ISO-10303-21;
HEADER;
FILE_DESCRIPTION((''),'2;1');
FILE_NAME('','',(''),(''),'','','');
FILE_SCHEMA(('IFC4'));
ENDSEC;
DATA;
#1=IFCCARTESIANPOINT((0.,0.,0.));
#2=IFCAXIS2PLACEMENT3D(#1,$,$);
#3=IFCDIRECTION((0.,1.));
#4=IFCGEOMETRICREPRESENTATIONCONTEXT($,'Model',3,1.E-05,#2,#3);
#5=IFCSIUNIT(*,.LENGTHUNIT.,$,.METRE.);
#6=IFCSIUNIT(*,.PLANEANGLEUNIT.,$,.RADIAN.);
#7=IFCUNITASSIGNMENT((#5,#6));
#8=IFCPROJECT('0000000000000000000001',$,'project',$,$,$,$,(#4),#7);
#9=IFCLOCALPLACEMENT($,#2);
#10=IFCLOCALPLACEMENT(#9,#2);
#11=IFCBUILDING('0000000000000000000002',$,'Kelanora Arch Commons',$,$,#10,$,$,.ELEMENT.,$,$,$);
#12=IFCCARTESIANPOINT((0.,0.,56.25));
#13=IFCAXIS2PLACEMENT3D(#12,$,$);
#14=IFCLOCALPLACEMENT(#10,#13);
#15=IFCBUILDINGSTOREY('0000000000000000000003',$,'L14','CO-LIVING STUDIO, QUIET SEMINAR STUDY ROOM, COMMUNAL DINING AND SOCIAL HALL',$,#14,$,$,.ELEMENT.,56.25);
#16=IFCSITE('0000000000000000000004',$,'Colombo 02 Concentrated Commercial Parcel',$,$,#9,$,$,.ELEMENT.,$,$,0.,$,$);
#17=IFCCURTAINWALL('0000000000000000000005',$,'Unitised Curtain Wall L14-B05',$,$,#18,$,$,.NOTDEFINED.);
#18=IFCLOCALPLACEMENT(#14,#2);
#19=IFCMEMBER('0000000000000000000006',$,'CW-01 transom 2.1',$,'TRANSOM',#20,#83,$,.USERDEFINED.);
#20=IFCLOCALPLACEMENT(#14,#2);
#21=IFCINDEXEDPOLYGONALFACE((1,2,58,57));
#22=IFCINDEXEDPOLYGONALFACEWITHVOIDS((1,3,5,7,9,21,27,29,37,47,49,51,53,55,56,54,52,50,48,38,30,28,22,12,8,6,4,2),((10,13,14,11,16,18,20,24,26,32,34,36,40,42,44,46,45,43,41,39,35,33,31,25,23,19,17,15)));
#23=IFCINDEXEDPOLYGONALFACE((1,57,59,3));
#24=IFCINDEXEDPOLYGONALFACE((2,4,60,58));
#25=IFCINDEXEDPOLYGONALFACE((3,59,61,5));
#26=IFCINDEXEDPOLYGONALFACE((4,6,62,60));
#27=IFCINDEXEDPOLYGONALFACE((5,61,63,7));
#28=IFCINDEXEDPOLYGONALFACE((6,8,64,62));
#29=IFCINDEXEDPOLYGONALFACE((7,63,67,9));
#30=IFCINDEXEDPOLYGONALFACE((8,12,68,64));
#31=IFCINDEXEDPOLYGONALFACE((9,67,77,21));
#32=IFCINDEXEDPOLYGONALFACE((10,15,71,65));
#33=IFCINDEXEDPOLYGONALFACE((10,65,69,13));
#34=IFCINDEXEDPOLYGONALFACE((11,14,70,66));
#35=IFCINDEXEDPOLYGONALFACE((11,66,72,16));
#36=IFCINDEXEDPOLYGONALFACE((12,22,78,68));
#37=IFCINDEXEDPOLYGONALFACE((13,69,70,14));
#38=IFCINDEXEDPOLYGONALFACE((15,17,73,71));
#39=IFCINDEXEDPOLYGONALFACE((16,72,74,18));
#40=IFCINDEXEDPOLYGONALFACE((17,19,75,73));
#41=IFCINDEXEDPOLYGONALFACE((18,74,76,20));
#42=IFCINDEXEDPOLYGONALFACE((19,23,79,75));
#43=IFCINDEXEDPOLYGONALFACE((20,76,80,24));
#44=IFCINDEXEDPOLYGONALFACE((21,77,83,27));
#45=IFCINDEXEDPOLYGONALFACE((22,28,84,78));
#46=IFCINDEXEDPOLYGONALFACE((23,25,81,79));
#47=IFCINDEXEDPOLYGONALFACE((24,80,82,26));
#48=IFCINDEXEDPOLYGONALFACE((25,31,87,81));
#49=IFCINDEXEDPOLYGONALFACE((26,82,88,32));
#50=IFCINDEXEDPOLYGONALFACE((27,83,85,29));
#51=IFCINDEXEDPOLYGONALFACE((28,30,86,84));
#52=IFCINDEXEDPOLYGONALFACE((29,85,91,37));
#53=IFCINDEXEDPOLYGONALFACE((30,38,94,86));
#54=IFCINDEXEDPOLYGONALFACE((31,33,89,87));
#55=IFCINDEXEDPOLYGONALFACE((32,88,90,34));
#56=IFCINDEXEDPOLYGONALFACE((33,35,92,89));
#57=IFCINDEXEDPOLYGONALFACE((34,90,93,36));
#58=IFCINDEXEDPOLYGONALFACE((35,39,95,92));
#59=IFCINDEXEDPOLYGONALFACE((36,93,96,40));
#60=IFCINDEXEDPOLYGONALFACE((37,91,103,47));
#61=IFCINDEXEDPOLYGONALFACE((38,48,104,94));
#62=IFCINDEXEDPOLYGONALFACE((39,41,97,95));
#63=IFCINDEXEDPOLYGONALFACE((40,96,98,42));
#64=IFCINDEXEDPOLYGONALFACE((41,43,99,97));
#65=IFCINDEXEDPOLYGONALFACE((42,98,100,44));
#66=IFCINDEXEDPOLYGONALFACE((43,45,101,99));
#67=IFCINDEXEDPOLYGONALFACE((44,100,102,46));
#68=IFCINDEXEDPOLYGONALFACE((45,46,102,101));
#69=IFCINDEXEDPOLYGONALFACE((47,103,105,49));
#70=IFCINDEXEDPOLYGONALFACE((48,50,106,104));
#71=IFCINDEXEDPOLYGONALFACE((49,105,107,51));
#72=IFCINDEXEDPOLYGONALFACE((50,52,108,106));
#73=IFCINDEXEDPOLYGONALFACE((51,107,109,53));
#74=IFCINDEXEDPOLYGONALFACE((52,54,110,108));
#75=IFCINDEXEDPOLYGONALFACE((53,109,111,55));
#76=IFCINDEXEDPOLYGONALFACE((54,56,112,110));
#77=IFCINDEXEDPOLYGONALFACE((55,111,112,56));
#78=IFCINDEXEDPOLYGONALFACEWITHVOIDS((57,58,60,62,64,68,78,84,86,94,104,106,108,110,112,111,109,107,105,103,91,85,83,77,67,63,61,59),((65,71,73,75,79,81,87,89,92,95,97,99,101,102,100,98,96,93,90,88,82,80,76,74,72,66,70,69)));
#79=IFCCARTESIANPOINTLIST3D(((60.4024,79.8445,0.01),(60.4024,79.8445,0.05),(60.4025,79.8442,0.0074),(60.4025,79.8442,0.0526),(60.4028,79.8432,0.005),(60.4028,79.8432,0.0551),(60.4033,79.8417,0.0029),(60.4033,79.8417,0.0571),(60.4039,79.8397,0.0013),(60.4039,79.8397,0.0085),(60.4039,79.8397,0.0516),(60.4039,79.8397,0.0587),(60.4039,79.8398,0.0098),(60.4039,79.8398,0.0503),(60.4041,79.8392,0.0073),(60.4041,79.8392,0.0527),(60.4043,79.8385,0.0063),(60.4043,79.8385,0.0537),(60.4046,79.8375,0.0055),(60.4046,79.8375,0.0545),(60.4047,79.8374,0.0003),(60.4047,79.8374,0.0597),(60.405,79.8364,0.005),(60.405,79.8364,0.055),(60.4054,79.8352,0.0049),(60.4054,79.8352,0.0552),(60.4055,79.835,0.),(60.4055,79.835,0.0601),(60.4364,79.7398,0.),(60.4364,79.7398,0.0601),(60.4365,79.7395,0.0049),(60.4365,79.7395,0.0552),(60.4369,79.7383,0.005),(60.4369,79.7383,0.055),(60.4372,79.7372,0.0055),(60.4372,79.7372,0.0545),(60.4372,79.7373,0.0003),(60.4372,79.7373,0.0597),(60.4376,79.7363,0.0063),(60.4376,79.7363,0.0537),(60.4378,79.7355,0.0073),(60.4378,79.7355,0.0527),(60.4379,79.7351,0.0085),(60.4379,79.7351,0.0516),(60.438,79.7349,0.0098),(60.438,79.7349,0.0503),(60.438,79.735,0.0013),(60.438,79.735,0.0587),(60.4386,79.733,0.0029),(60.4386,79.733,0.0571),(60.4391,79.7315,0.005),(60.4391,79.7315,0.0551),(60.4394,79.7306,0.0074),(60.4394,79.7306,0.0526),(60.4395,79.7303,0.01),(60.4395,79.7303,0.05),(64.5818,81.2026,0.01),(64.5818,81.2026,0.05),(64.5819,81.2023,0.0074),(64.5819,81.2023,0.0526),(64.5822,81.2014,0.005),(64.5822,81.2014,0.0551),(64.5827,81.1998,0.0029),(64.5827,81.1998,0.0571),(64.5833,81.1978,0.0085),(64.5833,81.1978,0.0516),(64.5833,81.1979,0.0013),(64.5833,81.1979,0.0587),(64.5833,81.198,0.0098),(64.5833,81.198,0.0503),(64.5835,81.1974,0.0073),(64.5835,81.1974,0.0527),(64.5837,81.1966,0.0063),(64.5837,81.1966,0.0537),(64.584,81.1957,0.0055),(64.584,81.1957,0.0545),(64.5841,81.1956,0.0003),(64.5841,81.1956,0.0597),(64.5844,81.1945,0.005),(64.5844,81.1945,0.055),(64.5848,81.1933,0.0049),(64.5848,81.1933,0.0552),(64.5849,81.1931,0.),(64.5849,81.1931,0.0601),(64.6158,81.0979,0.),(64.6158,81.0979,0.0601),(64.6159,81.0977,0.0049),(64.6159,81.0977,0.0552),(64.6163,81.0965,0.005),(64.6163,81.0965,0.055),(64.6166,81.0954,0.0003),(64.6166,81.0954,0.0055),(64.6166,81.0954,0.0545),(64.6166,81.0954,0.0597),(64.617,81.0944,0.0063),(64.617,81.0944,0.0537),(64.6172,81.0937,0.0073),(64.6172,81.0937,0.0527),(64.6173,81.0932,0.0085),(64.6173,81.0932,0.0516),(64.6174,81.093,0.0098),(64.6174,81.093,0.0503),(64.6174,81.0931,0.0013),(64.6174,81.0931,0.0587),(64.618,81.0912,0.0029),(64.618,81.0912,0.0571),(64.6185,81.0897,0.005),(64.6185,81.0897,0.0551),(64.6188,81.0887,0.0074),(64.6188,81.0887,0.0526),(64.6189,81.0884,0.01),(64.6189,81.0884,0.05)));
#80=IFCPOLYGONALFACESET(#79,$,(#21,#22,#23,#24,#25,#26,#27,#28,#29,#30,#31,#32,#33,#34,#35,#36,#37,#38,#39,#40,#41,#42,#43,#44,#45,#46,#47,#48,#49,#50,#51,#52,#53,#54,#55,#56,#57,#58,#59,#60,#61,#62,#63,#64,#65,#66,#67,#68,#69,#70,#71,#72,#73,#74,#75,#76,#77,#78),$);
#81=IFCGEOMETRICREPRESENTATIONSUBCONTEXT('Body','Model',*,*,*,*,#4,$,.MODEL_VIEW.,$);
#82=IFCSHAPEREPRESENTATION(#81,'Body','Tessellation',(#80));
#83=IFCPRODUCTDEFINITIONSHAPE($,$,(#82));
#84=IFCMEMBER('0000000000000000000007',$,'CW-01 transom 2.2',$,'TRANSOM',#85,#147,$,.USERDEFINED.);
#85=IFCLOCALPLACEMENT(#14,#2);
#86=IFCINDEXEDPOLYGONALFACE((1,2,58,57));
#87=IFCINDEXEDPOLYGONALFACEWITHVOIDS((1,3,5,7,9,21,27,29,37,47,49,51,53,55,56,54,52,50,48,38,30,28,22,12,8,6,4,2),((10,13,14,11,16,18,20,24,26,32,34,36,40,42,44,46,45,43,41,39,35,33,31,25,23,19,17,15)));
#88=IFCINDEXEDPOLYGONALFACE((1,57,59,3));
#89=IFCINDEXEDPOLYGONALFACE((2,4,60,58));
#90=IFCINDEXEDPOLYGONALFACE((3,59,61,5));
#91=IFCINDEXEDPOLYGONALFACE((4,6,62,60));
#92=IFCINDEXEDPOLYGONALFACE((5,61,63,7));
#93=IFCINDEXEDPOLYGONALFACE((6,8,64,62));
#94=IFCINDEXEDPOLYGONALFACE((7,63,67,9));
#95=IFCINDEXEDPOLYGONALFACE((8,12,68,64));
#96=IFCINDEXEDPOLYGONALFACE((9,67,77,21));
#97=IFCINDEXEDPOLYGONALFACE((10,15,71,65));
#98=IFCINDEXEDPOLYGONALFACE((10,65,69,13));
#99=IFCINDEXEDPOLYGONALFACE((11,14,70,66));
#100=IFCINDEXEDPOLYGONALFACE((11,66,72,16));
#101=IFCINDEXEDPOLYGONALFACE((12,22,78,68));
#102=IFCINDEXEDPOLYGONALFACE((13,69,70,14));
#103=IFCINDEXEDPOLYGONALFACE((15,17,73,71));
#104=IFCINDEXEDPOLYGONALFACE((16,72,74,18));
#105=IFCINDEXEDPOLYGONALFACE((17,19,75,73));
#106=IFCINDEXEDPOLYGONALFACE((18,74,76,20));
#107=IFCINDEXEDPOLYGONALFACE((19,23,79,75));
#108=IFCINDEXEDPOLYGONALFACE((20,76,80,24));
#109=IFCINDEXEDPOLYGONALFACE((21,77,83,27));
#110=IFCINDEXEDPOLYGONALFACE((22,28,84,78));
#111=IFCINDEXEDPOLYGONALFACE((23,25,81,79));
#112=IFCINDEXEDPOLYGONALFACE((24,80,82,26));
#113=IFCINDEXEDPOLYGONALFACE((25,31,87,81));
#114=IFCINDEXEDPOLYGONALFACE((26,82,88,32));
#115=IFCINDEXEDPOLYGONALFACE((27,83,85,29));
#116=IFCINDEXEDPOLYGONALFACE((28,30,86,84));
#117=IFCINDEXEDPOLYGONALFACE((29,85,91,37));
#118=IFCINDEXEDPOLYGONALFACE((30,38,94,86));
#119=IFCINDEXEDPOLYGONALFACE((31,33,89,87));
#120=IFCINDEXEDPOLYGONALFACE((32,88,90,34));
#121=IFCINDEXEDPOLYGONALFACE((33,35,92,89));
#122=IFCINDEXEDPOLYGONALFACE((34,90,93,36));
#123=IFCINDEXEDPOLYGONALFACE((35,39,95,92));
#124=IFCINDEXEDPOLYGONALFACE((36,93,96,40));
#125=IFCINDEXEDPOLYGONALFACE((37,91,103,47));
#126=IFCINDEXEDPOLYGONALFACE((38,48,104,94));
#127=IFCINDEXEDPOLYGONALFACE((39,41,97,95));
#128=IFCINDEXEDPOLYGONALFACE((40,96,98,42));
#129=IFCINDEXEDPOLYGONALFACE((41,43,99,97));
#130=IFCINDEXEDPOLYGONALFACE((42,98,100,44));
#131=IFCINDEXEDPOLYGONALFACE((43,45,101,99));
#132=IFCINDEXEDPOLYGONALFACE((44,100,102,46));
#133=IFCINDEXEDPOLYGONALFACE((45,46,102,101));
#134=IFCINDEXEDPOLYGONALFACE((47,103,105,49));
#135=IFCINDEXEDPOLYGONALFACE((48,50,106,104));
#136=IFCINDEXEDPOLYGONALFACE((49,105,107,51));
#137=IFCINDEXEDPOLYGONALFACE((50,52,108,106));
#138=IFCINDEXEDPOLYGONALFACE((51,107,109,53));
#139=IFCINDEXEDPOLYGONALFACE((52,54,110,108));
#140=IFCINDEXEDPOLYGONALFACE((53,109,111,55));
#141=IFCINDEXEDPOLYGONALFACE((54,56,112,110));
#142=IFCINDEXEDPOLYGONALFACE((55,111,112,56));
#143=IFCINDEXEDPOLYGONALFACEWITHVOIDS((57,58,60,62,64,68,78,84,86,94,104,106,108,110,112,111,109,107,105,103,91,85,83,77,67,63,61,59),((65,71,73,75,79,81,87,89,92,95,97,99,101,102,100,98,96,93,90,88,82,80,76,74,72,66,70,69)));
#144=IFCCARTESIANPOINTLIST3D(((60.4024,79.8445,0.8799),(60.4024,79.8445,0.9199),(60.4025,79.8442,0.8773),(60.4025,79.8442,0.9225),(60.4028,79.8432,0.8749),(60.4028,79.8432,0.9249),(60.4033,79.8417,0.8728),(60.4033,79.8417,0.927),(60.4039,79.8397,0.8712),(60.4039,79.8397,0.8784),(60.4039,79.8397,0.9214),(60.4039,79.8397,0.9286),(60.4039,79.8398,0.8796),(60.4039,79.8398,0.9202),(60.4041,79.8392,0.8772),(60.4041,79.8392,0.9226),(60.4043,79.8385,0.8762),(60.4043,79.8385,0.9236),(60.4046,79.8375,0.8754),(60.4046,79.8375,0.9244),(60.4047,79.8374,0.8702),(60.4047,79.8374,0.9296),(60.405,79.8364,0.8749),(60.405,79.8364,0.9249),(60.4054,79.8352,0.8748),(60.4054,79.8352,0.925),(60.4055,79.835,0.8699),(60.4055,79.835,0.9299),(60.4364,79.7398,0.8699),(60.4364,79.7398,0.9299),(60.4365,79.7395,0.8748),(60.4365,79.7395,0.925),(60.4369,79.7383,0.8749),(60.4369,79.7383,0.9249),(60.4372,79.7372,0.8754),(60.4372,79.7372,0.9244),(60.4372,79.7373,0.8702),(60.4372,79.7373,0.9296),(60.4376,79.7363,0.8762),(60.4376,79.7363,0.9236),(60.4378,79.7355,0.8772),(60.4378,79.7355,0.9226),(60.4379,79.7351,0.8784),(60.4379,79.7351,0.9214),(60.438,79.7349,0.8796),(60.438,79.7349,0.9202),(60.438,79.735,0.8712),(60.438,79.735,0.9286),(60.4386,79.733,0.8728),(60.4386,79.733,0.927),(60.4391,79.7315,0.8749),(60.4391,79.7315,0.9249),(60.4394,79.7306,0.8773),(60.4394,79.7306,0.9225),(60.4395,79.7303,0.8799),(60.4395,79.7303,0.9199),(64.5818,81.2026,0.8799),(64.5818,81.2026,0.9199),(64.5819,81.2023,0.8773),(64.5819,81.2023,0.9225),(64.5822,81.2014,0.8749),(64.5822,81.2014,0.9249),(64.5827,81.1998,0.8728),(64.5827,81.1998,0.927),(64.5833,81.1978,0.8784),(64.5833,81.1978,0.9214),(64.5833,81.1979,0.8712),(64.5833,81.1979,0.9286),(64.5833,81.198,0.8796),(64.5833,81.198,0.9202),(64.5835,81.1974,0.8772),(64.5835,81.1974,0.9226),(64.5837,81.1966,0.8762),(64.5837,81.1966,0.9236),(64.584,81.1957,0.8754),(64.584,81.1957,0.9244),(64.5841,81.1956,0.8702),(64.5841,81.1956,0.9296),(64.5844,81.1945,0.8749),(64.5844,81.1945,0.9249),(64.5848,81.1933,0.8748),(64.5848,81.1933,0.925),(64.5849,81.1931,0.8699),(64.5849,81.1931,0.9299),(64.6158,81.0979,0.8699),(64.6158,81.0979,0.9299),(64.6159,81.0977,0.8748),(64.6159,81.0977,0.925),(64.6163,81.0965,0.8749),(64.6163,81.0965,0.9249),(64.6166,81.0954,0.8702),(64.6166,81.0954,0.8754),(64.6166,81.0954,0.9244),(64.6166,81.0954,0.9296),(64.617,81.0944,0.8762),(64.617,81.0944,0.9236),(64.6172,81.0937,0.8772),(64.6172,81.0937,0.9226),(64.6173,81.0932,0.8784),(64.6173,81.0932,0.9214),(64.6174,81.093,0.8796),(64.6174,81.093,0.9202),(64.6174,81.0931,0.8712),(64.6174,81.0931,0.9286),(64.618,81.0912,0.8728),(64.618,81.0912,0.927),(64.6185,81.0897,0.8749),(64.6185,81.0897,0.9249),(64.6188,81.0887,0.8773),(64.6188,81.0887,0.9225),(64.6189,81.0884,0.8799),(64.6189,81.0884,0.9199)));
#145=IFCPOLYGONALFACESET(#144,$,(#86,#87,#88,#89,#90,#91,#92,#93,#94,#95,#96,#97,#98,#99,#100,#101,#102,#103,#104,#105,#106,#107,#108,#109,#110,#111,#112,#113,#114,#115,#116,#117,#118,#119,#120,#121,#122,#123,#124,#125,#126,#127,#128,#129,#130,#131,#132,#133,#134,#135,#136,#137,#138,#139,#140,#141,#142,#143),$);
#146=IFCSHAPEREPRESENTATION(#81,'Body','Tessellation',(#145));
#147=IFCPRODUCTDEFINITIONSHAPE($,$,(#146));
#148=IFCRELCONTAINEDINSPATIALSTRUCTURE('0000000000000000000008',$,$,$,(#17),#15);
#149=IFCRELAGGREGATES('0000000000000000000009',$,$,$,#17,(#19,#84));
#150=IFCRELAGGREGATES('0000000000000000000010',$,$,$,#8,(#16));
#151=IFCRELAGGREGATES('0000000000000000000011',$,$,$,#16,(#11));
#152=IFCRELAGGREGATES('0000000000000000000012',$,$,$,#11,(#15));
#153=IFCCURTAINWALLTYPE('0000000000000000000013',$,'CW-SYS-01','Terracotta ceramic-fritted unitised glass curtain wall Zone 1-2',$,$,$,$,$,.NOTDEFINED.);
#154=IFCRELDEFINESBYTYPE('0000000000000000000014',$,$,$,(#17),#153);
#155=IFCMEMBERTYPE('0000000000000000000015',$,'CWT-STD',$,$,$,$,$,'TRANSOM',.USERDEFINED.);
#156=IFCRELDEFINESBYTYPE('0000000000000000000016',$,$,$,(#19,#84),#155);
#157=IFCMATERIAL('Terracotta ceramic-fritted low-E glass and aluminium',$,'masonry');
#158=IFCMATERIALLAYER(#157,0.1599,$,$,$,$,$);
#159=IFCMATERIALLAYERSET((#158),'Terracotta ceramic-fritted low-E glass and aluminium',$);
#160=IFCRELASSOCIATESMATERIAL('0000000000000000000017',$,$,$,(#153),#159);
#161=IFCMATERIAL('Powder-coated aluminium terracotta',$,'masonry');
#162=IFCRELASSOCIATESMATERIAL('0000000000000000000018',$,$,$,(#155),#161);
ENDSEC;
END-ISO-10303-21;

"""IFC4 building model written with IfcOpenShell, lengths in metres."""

from ifc_helpers import new_model, si_unit, direction, frame, origin, origin_2d, place, context, subcontext, project, spatial, hollow_rectangle, extrude, material, layer, layer_set, material_profile, profile_set, type_object, element, aggregate, save


model = new_model("IFC4")

# Units and contexts
model_context = context("Model", 3, precision=1e-05, world=origin(), true_north=direction((0.0, 1.0)))
body_context = subcontext(model_context, "Body", "Model", "MODEL_VIEW")
ifc_project = project(units=[si_unit("LENGTHUNIT", "METRE"), si_unit("PLANEANGLEUNIT", "RADIAN")], contexts=[model_context])

# Site, building, storey
site_placement = place(None, origin())
site = spatial("IfcSite", under=ifc_project, at=site_placement, Name="Colombo 02 Concentrated Commercial Parcel", CompositionType="ELEMENT", RefElevation=0.0)
building_placement = place(site_placement, origin())
building = spatial("IfcBuilding", under=site, at=building_placement, Name="Kelanora Arch Commons", CompositionType="ELEMENT")
storey_placement = place(building_placement, frame((0.0, 0.0, 56.25)))
storey = spatial("IfcBuildingStorey", under=building, at=storey_placement, Name="L14", Description="CO-LIVING STUDIO, QUIET SEMINAR STUDY ROOM, COMMUNAL DINING AND SOCIAL HALL", CompositionType="ELEMENT", Elevation=56.25)

# Curtain wall, members
ifc_material_1 = material(Name="Terracotta ceramic-fritted low-E glass and aluminium", Category="masonry")
ifc_layer_1 = layer(ifc_material_1, 0.1599)
ifc_layer_set_1 = layer_set([ifc_layer_1], Name="Terracotta ceramic-fritted low-E glass and aluminium")
curtain_wall_type = type_object("IfcCurtainWallType", Name="CW-SYS-01", Description="Terracotta ceramic-fritted unitised glass curtain wall Zone 1-2", PredefinedType="NOTDEFINED", material=ifc_layer_set_1)
curtain_wall_placement = place(storey_placement, origin())
curtain_wall = element("IfcCurtainWall", 1, at=curtain_wall_placement, inside=storey, type_object=curtain_wall_type, Name="Unitised Curtain Wall L14-B05", PredefinedType="NOTDEFINED")
ifc_material_2 = material(Name="Powder-coated aluminium terracotta", Category="masonry")
ifc_material_profile_1 = material_profile(ifc_material_2, hollow_rectangle(XDim=0.1201, YDim=0.0601, WallThickness=0.0049, InnerFilletRadius=0.0049, OuterFilletRadius=0.01, at=origin_2d()), Name="CWT120x60")
ifc_profile_set_1 = profile_set([ifc_material_profile_1], Name="Powder-coated aluminium terracotta")
member_type_1 = type_object("IfcMemberType", Name="CWT-STD", ElementType="TRANSOM", PredefinedType="USERDEFINED", material=ifc_profile_set_1)
member_1_placement = place(storey_placement, frame((64.6003, 81.1455, 0.03), z_axis=(-0.951045, -0.309052, 0.0), x_axis=(0.309052, -0.951045, 0.0)))
member_1 = element("IfcMember", 2, at=member_1_placement, type_object=member_type_1, Name="CW-01 transom 2.1", ObjectType="TRANSOM", PredefinedType="USERDEFINED", context=body_context, shape_type="SweptSolid", body=[
    extrude(hollow_rectangle(XDim=0.1201, YDim=0.0601, WallThickness=0.0049, InnerFilletRadius=0.0049, OuterFilletRadius=0.01, at=origin_2d()), origin(), (0.0, 0.0, 1.0), 4.3945),
])
member_2_placement = place(storey_placement, frame((64.6003, 81.1455, 0.8999), z_axis=(-0.951045, -0.309052, 0.0), x_axis=(0.309052, -0.951045, 0.0)))
member_2 = element("IfcMember", 3, at=member_2_placement, type_object=member_type_1, Name="CW-01 transom 2.2", ObjectType="TRANSOM", PredefinedType="USERDEFINED", context=body_context, shape_type="SweptSolid", body=[
    extrude(hollow_rectangle(XDim=0.1201, YDim=0.0601, WallThickness=0.0049, InnerFilletRadius=0.0049, OuterFilletRadius=0.01, at=origin_2d()), origin(), (0.0, 0.0, 1.0), 4.3945),
])
aggregate(curtain_wall, [member_1, member_2])

save(model, "model.ifc")
